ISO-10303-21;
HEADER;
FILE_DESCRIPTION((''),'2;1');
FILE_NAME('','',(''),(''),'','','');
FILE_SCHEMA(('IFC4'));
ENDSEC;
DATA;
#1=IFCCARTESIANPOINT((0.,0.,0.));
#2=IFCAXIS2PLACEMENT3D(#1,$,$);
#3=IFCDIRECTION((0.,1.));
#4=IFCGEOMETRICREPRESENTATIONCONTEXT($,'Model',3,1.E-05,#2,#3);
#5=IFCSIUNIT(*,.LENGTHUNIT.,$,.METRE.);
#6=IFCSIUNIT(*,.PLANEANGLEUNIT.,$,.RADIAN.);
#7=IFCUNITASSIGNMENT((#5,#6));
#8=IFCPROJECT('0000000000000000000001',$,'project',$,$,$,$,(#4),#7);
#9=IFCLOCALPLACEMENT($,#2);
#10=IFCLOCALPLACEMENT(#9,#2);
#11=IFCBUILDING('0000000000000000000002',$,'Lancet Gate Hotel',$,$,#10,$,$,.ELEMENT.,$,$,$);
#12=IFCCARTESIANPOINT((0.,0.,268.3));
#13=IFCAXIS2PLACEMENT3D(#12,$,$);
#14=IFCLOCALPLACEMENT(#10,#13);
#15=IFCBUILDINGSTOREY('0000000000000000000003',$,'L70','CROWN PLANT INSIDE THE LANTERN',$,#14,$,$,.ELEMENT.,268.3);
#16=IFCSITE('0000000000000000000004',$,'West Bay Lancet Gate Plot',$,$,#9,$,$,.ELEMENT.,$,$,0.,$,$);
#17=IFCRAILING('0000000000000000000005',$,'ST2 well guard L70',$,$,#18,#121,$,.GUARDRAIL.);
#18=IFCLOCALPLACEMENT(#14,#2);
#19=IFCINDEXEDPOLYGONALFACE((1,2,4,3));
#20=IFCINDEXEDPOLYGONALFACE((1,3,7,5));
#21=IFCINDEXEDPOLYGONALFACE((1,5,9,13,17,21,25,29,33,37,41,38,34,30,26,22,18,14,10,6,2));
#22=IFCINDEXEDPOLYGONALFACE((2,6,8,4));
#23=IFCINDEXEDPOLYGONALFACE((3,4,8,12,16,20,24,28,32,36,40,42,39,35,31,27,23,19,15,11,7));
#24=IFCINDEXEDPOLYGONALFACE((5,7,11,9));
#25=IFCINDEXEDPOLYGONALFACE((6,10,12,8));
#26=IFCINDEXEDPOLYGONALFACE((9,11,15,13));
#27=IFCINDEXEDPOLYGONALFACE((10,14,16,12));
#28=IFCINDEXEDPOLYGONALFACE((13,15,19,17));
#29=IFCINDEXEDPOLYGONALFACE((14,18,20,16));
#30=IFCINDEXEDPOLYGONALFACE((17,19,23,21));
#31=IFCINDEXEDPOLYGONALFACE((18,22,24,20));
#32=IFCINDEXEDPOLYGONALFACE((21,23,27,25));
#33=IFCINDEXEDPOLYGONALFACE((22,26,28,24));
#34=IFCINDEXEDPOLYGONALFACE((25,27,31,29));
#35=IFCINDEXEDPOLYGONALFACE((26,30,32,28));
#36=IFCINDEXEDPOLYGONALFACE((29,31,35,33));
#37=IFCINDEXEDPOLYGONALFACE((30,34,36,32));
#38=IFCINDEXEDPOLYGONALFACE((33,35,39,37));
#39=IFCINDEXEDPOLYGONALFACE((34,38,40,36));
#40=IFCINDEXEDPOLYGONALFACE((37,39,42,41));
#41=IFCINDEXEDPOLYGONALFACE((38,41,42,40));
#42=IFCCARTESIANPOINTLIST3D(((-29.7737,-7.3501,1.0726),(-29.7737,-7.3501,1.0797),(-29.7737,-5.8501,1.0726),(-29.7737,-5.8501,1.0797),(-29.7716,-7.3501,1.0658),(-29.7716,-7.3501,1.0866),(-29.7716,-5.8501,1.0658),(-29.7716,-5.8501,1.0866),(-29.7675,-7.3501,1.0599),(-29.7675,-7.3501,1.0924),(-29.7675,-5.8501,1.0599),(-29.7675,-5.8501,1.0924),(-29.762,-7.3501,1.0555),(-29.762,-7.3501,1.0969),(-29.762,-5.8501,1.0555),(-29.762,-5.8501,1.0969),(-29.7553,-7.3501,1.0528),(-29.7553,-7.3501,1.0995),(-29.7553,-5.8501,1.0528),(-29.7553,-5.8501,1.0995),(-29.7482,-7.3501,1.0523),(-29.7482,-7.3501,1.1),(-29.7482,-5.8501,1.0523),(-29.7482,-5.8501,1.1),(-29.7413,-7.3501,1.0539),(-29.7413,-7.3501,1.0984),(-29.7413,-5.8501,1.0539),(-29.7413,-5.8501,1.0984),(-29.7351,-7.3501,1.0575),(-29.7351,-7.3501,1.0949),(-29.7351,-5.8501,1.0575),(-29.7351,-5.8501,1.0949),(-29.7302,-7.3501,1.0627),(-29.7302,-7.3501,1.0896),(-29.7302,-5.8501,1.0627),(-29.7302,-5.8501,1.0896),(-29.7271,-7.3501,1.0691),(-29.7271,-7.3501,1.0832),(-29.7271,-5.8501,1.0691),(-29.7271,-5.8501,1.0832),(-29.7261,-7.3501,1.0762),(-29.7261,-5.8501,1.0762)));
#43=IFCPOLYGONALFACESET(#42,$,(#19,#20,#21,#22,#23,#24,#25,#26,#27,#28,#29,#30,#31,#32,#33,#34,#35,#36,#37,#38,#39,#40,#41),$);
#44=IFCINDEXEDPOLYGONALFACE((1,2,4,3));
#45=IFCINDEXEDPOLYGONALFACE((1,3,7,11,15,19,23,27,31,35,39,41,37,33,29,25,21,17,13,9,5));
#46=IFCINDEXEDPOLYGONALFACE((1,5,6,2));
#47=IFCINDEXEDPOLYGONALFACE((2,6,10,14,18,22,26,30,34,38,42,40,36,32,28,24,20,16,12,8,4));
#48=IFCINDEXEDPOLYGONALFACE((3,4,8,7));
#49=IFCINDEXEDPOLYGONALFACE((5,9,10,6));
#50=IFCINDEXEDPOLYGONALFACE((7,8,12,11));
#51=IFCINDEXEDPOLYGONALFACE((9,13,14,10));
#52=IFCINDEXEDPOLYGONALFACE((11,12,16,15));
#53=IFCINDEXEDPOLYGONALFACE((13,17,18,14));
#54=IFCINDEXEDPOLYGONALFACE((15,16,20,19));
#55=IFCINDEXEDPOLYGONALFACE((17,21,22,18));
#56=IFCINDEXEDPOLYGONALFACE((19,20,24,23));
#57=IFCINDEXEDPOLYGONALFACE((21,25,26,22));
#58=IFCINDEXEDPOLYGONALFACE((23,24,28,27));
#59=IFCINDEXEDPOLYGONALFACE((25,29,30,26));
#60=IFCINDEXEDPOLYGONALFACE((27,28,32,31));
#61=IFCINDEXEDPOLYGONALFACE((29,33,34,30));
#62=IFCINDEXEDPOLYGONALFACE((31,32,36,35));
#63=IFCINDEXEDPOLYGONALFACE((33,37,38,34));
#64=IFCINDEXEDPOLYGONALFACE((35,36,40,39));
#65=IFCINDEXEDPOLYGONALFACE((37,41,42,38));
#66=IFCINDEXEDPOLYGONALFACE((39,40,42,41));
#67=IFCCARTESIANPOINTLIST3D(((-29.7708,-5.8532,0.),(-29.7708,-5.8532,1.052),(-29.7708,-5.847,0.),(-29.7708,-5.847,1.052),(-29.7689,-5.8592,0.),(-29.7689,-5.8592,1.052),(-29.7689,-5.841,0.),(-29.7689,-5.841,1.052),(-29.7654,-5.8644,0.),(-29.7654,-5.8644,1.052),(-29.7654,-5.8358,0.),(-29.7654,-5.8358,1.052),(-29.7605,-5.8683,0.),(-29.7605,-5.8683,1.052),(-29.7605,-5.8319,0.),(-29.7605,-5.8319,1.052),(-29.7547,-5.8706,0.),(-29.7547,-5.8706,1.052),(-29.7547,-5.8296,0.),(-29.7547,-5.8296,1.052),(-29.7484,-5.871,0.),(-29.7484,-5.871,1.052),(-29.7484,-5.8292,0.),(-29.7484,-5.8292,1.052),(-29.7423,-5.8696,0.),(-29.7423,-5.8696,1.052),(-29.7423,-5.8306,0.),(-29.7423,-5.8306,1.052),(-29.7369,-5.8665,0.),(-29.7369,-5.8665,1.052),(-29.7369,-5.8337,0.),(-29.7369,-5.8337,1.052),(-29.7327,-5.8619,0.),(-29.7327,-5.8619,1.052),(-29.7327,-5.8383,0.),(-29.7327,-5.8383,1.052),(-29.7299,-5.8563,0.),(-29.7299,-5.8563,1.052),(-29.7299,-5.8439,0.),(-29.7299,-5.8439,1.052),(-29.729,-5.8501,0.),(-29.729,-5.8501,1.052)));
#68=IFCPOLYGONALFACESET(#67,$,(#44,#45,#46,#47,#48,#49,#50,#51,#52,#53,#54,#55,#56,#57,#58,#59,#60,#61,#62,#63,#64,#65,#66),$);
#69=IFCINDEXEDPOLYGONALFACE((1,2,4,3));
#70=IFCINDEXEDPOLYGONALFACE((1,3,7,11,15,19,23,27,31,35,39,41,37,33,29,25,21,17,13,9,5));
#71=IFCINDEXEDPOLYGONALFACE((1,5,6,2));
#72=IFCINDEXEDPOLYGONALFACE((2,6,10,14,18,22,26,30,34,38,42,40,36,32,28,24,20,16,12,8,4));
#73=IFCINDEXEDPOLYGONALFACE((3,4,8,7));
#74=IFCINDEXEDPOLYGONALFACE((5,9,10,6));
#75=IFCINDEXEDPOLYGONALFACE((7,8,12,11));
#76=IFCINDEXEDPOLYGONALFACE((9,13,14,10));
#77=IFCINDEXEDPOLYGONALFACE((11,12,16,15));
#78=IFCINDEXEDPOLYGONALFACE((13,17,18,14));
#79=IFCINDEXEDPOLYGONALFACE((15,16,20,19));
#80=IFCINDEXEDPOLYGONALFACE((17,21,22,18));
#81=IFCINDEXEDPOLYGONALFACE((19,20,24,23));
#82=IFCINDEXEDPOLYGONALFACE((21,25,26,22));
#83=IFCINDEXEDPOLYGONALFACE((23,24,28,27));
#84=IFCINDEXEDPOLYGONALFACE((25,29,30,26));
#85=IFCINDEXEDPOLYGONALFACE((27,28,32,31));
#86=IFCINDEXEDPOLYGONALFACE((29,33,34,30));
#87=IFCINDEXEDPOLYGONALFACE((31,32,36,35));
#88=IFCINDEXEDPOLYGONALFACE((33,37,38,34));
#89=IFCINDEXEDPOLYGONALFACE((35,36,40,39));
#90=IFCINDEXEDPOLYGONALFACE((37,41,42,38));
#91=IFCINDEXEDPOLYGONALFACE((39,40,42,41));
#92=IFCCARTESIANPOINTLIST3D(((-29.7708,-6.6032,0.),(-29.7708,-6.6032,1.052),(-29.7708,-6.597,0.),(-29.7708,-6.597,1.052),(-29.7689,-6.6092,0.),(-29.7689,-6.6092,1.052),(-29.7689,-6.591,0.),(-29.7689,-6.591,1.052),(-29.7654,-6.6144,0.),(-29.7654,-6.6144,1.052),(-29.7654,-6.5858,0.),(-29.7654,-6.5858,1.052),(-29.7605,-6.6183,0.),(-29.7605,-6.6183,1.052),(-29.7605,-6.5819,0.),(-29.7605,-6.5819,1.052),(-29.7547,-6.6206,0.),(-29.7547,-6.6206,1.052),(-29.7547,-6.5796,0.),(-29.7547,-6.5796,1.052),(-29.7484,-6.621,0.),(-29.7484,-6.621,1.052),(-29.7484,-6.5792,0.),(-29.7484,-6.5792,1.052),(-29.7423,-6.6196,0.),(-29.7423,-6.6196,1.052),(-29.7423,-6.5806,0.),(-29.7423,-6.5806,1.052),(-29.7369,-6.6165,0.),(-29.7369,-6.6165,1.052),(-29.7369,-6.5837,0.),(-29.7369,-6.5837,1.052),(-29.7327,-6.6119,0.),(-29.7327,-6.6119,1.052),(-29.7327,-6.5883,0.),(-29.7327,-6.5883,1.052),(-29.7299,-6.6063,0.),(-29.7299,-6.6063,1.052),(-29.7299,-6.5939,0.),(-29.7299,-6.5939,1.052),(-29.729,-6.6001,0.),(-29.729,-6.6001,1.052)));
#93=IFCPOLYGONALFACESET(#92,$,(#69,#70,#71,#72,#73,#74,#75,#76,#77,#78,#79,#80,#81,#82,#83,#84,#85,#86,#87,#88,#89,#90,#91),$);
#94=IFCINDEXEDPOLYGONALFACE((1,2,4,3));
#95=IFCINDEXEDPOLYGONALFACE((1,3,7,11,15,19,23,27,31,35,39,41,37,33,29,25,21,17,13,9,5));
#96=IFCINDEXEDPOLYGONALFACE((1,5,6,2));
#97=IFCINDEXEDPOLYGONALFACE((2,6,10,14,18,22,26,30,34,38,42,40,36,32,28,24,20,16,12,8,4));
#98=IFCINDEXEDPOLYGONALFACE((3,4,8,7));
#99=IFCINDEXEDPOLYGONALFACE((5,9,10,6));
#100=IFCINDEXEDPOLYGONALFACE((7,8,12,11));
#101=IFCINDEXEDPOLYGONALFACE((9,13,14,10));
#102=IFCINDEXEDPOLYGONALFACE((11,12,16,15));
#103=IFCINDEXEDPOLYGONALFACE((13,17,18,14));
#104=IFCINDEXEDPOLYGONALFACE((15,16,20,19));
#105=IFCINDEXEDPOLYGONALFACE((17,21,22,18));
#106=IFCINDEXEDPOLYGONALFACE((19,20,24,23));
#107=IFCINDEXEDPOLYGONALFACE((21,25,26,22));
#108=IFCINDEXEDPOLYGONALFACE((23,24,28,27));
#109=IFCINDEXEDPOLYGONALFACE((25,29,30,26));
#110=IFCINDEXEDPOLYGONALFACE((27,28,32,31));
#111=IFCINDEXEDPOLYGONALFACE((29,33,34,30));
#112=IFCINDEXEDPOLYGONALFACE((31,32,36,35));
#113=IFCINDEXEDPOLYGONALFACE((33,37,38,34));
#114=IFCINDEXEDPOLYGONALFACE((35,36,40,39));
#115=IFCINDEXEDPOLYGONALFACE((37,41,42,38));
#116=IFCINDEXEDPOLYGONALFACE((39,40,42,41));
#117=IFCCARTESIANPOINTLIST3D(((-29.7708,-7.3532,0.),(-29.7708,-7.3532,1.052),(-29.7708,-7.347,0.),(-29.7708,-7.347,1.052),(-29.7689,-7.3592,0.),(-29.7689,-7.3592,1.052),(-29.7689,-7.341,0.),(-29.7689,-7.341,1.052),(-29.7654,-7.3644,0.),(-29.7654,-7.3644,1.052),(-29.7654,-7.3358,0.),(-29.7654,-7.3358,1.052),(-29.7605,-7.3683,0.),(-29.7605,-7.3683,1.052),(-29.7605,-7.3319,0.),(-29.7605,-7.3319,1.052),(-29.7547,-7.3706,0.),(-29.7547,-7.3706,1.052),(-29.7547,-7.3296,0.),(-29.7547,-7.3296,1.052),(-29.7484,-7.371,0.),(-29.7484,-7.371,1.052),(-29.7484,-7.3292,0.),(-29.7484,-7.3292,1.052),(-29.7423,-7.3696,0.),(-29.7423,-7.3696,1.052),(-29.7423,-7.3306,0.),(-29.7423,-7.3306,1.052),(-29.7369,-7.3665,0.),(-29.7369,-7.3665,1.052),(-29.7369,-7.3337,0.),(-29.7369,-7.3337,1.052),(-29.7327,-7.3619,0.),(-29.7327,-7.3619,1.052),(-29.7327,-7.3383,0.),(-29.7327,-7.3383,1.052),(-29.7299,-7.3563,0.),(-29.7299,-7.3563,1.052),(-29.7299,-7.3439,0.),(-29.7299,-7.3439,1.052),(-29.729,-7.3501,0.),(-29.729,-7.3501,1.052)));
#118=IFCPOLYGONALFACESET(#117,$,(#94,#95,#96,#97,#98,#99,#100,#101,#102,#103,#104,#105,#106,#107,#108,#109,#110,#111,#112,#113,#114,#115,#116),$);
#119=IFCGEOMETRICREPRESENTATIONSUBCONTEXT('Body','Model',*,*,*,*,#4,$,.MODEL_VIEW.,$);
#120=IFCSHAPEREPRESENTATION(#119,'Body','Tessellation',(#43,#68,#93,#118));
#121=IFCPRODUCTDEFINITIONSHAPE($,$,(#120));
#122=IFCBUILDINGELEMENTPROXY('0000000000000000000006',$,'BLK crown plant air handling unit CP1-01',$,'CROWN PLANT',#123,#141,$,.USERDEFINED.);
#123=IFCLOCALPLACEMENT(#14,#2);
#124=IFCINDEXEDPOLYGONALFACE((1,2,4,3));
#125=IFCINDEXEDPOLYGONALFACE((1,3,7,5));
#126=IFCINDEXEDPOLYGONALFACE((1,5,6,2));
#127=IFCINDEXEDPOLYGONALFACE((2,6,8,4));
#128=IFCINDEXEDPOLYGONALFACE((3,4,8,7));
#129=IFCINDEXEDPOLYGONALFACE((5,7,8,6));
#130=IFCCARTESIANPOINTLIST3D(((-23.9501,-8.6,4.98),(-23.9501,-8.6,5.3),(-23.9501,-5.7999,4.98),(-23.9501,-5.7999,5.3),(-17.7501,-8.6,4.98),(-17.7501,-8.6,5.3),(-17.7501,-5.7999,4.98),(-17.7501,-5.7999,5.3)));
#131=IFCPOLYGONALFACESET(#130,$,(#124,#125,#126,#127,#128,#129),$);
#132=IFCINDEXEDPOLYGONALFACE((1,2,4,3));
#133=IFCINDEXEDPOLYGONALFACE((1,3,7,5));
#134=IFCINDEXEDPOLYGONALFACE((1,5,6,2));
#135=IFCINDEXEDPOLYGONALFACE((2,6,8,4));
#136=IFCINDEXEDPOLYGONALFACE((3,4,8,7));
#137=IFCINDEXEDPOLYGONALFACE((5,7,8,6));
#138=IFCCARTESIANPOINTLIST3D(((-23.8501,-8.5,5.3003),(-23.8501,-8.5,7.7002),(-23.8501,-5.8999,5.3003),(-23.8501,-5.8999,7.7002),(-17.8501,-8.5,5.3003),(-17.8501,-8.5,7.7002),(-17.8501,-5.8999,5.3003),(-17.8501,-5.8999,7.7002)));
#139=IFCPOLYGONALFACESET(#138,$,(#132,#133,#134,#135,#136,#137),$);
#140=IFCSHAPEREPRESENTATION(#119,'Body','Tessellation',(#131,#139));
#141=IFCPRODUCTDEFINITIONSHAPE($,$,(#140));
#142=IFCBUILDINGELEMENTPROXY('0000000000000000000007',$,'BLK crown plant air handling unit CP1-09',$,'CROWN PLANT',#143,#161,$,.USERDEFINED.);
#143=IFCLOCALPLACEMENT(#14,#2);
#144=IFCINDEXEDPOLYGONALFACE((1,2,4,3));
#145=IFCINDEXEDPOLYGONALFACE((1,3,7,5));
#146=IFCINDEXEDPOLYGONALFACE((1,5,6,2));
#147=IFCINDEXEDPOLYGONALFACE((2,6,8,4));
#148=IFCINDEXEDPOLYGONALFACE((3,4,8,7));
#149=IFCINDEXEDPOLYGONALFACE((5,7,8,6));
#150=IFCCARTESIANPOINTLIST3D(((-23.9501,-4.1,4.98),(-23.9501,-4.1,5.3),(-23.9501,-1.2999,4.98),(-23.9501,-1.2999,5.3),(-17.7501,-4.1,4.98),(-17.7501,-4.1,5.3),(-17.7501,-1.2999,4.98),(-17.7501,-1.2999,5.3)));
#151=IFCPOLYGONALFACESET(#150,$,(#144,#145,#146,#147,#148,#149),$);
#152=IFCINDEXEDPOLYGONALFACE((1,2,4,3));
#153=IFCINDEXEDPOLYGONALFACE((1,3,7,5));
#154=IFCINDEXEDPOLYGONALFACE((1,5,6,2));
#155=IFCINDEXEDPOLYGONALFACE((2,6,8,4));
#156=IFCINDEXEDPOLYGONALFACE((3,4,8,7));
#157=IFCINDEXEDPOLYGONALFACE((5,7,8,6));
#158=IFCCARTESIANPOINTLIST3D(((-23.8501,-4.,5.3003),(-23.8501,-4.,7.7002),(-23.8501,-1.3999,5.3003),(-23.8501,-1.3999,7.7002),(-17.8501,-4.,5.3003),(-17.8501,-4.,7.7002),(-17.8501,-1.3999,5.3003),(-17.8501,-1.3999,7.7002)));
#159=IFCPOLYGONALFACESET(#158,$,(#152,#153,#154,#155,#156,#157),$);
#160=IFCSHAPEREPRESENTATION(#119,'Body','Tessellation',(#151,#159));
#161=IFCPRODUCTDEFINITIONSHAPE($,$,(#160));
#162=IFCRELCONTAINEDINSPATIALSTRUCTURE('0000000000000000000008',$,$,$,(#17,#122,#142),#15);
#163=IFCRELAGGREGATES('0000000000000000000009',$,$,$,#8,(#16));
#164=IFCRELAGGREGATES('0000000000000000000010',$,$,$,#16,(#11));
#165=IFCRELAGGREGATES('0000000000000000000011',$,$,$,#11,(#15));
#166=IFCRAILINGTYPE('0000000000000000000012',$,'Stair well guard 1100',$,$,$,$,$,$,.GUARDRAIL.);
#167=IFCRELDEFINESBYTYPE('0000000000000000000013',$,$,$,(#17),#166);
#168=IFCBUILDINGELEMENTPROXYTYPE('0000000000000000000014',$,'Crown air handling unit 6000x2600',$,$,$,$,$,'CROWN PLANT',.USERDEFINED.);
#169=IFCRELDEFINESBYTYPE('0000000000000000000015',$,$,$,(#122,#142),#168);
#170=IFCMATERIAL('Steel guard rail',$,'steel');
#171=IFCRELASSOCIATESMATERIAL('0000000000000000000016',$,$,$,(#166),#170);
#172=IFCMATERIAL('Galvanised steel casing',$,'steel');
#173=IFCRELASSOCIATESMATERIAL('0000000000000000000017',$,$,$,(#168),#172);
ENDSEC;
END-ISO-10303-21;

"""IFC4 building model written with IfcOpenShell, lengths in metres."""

from ifc_helpers import new_model, si_unit, direction, frame, origin, origin_with_axes, origin_2d, place, context, subcontext, project, spatial, rectangle, circle, extrude, material, type_object, element, save


model = new_model("IFC4")

# Units and contexts
model_context = context("Model", 3, precision=1e-05, world=origin(), true_north=direction((0.0, 1.0)))
body_context = subcontext(model_context, "Body", "Model", "MODEL_VIEW")
ifc_project = project(units=[si_unit("LENGTHUNIT", "METRE"), si_unit("PLANEANGLEUNIT", "RADIAN")], contexts=[model_context])

# Site, building, storey
site_placement = place(None, origin())
site = spatial("IfcSite", under=ifc_project, at=site_placement, Name="West Bay Lancet Gate Plot", CompositionType="ELEMENT", RefElevation=0.0)
building_placement = place(site_placement, origin())
building = spatial("IfcBuilding", under=site, at=building_placement, Name="Lancet Gate Hotel", CompositionType="ELEMENT")
storey_placement = place(building_placement, frame((0.0, 0.0, 268.3)))
storey = spatial("IfcBuildingStorey", under=building, at=storey_placement, Name="L70", Description="CROWN PLANT INSIDE THE LANTERN", CompositionType="ELEMENT", Elevation=268.3)

# Railing
ifc_material_1 = material(Name="Steel guard rail", Category="steel")
railing_type_1 = type_object("IfcRailingType", Name="Stair well guard 1100", PredefinedType="GUARDRAIL", material=ifc_material_1)
railing_1_placement = place(storey_placement, frame((-29.75, -5.8501, 0.0)))
element("IfcRailing", 1, at=railing_1_placement, inside=storey, type_object=railing_type_1, Name="ST2 well guard L70", PredefinedType="GUARDRAIL", context=body_context, shape_type="SweptSolid", body=[
    extrude(circle(Radius=0.0239, at=origin_2d()), frame((0.0, 0.0, 1.0762), z_axis=(0.0, -1.0, 0.0), x_axis=(1.0, 0.0, 0.0)), (0.0, 0.0, 1.0), 1.5),
    extrude(circle(Radius=0.021, at=origin_2d()), origin(), (0.0, 0.0, 1.0), 1.052),
    extrude(circle(Radius=0.021, at=origin_2d()), frame((0.0, -0.75, 0.0)), (0.0, 0.0, 1.0), 1.052),
    extrude(circle(Radius=0.021, at=origin_2d()), frame((0.0, -1.5, 0.0)), (0.0, 0.0, 1.0), 1.052),
])

# Building element proxies
ifc_material_2 = material(Name="Galvanised steel casing", Category="steel")
building_element_proxy_type = type_object("IfcBuildingElementProxyType", Name="Crown air handling unit 6000x2600", ElementType="CROWN PLANT", PredefinedType="USERDEFINED", material=ifc_material_2)
for number, where, z_axis, x_axis, name in (
    (2, (-20.8501, -7.2, 4.98), (0.0, 0.0, 1.0), (1.0, 0.0, 0.0), "BLK crown plant air handling unit CP1-01"),
    (3, (-20.8501, -2.7, 4.98), (0.0, 0.0, 1.0), (1.0, 0.0, 0.0), "BLK crown plant air handling unit CP1-09"),
):
    element("IfcBuildingElementProxy", number, at=place(storey_placement, frame(where, z_axis=z_axis, x_axis=x_axis)), inside=storey, type_object=building_element_proxy_type, Name=name, ObjectType="CROWN PLANT", PredefinedType="USERDEFINED", context=body_context, shape_type="SweptSolid", body=[
        extrude(rectangle(XDim=6.2, YDim=2.8, at=origin_2d()), origin_with_axes(), (0.0, 0.0, 1.0), 0.3201),
        extrude(rectangle(XDim=6.0, YDim=2.6001, at=origin_2d()), frame((0.0, 0.0, 0.3203), z_axis=(0.0, 0.0, 1.0), x_axis=(1.0, 0.0, 0.0)), (0.0, 0.0, 1.0), 2.3999),
    ])

save(model, "model.ifc")
